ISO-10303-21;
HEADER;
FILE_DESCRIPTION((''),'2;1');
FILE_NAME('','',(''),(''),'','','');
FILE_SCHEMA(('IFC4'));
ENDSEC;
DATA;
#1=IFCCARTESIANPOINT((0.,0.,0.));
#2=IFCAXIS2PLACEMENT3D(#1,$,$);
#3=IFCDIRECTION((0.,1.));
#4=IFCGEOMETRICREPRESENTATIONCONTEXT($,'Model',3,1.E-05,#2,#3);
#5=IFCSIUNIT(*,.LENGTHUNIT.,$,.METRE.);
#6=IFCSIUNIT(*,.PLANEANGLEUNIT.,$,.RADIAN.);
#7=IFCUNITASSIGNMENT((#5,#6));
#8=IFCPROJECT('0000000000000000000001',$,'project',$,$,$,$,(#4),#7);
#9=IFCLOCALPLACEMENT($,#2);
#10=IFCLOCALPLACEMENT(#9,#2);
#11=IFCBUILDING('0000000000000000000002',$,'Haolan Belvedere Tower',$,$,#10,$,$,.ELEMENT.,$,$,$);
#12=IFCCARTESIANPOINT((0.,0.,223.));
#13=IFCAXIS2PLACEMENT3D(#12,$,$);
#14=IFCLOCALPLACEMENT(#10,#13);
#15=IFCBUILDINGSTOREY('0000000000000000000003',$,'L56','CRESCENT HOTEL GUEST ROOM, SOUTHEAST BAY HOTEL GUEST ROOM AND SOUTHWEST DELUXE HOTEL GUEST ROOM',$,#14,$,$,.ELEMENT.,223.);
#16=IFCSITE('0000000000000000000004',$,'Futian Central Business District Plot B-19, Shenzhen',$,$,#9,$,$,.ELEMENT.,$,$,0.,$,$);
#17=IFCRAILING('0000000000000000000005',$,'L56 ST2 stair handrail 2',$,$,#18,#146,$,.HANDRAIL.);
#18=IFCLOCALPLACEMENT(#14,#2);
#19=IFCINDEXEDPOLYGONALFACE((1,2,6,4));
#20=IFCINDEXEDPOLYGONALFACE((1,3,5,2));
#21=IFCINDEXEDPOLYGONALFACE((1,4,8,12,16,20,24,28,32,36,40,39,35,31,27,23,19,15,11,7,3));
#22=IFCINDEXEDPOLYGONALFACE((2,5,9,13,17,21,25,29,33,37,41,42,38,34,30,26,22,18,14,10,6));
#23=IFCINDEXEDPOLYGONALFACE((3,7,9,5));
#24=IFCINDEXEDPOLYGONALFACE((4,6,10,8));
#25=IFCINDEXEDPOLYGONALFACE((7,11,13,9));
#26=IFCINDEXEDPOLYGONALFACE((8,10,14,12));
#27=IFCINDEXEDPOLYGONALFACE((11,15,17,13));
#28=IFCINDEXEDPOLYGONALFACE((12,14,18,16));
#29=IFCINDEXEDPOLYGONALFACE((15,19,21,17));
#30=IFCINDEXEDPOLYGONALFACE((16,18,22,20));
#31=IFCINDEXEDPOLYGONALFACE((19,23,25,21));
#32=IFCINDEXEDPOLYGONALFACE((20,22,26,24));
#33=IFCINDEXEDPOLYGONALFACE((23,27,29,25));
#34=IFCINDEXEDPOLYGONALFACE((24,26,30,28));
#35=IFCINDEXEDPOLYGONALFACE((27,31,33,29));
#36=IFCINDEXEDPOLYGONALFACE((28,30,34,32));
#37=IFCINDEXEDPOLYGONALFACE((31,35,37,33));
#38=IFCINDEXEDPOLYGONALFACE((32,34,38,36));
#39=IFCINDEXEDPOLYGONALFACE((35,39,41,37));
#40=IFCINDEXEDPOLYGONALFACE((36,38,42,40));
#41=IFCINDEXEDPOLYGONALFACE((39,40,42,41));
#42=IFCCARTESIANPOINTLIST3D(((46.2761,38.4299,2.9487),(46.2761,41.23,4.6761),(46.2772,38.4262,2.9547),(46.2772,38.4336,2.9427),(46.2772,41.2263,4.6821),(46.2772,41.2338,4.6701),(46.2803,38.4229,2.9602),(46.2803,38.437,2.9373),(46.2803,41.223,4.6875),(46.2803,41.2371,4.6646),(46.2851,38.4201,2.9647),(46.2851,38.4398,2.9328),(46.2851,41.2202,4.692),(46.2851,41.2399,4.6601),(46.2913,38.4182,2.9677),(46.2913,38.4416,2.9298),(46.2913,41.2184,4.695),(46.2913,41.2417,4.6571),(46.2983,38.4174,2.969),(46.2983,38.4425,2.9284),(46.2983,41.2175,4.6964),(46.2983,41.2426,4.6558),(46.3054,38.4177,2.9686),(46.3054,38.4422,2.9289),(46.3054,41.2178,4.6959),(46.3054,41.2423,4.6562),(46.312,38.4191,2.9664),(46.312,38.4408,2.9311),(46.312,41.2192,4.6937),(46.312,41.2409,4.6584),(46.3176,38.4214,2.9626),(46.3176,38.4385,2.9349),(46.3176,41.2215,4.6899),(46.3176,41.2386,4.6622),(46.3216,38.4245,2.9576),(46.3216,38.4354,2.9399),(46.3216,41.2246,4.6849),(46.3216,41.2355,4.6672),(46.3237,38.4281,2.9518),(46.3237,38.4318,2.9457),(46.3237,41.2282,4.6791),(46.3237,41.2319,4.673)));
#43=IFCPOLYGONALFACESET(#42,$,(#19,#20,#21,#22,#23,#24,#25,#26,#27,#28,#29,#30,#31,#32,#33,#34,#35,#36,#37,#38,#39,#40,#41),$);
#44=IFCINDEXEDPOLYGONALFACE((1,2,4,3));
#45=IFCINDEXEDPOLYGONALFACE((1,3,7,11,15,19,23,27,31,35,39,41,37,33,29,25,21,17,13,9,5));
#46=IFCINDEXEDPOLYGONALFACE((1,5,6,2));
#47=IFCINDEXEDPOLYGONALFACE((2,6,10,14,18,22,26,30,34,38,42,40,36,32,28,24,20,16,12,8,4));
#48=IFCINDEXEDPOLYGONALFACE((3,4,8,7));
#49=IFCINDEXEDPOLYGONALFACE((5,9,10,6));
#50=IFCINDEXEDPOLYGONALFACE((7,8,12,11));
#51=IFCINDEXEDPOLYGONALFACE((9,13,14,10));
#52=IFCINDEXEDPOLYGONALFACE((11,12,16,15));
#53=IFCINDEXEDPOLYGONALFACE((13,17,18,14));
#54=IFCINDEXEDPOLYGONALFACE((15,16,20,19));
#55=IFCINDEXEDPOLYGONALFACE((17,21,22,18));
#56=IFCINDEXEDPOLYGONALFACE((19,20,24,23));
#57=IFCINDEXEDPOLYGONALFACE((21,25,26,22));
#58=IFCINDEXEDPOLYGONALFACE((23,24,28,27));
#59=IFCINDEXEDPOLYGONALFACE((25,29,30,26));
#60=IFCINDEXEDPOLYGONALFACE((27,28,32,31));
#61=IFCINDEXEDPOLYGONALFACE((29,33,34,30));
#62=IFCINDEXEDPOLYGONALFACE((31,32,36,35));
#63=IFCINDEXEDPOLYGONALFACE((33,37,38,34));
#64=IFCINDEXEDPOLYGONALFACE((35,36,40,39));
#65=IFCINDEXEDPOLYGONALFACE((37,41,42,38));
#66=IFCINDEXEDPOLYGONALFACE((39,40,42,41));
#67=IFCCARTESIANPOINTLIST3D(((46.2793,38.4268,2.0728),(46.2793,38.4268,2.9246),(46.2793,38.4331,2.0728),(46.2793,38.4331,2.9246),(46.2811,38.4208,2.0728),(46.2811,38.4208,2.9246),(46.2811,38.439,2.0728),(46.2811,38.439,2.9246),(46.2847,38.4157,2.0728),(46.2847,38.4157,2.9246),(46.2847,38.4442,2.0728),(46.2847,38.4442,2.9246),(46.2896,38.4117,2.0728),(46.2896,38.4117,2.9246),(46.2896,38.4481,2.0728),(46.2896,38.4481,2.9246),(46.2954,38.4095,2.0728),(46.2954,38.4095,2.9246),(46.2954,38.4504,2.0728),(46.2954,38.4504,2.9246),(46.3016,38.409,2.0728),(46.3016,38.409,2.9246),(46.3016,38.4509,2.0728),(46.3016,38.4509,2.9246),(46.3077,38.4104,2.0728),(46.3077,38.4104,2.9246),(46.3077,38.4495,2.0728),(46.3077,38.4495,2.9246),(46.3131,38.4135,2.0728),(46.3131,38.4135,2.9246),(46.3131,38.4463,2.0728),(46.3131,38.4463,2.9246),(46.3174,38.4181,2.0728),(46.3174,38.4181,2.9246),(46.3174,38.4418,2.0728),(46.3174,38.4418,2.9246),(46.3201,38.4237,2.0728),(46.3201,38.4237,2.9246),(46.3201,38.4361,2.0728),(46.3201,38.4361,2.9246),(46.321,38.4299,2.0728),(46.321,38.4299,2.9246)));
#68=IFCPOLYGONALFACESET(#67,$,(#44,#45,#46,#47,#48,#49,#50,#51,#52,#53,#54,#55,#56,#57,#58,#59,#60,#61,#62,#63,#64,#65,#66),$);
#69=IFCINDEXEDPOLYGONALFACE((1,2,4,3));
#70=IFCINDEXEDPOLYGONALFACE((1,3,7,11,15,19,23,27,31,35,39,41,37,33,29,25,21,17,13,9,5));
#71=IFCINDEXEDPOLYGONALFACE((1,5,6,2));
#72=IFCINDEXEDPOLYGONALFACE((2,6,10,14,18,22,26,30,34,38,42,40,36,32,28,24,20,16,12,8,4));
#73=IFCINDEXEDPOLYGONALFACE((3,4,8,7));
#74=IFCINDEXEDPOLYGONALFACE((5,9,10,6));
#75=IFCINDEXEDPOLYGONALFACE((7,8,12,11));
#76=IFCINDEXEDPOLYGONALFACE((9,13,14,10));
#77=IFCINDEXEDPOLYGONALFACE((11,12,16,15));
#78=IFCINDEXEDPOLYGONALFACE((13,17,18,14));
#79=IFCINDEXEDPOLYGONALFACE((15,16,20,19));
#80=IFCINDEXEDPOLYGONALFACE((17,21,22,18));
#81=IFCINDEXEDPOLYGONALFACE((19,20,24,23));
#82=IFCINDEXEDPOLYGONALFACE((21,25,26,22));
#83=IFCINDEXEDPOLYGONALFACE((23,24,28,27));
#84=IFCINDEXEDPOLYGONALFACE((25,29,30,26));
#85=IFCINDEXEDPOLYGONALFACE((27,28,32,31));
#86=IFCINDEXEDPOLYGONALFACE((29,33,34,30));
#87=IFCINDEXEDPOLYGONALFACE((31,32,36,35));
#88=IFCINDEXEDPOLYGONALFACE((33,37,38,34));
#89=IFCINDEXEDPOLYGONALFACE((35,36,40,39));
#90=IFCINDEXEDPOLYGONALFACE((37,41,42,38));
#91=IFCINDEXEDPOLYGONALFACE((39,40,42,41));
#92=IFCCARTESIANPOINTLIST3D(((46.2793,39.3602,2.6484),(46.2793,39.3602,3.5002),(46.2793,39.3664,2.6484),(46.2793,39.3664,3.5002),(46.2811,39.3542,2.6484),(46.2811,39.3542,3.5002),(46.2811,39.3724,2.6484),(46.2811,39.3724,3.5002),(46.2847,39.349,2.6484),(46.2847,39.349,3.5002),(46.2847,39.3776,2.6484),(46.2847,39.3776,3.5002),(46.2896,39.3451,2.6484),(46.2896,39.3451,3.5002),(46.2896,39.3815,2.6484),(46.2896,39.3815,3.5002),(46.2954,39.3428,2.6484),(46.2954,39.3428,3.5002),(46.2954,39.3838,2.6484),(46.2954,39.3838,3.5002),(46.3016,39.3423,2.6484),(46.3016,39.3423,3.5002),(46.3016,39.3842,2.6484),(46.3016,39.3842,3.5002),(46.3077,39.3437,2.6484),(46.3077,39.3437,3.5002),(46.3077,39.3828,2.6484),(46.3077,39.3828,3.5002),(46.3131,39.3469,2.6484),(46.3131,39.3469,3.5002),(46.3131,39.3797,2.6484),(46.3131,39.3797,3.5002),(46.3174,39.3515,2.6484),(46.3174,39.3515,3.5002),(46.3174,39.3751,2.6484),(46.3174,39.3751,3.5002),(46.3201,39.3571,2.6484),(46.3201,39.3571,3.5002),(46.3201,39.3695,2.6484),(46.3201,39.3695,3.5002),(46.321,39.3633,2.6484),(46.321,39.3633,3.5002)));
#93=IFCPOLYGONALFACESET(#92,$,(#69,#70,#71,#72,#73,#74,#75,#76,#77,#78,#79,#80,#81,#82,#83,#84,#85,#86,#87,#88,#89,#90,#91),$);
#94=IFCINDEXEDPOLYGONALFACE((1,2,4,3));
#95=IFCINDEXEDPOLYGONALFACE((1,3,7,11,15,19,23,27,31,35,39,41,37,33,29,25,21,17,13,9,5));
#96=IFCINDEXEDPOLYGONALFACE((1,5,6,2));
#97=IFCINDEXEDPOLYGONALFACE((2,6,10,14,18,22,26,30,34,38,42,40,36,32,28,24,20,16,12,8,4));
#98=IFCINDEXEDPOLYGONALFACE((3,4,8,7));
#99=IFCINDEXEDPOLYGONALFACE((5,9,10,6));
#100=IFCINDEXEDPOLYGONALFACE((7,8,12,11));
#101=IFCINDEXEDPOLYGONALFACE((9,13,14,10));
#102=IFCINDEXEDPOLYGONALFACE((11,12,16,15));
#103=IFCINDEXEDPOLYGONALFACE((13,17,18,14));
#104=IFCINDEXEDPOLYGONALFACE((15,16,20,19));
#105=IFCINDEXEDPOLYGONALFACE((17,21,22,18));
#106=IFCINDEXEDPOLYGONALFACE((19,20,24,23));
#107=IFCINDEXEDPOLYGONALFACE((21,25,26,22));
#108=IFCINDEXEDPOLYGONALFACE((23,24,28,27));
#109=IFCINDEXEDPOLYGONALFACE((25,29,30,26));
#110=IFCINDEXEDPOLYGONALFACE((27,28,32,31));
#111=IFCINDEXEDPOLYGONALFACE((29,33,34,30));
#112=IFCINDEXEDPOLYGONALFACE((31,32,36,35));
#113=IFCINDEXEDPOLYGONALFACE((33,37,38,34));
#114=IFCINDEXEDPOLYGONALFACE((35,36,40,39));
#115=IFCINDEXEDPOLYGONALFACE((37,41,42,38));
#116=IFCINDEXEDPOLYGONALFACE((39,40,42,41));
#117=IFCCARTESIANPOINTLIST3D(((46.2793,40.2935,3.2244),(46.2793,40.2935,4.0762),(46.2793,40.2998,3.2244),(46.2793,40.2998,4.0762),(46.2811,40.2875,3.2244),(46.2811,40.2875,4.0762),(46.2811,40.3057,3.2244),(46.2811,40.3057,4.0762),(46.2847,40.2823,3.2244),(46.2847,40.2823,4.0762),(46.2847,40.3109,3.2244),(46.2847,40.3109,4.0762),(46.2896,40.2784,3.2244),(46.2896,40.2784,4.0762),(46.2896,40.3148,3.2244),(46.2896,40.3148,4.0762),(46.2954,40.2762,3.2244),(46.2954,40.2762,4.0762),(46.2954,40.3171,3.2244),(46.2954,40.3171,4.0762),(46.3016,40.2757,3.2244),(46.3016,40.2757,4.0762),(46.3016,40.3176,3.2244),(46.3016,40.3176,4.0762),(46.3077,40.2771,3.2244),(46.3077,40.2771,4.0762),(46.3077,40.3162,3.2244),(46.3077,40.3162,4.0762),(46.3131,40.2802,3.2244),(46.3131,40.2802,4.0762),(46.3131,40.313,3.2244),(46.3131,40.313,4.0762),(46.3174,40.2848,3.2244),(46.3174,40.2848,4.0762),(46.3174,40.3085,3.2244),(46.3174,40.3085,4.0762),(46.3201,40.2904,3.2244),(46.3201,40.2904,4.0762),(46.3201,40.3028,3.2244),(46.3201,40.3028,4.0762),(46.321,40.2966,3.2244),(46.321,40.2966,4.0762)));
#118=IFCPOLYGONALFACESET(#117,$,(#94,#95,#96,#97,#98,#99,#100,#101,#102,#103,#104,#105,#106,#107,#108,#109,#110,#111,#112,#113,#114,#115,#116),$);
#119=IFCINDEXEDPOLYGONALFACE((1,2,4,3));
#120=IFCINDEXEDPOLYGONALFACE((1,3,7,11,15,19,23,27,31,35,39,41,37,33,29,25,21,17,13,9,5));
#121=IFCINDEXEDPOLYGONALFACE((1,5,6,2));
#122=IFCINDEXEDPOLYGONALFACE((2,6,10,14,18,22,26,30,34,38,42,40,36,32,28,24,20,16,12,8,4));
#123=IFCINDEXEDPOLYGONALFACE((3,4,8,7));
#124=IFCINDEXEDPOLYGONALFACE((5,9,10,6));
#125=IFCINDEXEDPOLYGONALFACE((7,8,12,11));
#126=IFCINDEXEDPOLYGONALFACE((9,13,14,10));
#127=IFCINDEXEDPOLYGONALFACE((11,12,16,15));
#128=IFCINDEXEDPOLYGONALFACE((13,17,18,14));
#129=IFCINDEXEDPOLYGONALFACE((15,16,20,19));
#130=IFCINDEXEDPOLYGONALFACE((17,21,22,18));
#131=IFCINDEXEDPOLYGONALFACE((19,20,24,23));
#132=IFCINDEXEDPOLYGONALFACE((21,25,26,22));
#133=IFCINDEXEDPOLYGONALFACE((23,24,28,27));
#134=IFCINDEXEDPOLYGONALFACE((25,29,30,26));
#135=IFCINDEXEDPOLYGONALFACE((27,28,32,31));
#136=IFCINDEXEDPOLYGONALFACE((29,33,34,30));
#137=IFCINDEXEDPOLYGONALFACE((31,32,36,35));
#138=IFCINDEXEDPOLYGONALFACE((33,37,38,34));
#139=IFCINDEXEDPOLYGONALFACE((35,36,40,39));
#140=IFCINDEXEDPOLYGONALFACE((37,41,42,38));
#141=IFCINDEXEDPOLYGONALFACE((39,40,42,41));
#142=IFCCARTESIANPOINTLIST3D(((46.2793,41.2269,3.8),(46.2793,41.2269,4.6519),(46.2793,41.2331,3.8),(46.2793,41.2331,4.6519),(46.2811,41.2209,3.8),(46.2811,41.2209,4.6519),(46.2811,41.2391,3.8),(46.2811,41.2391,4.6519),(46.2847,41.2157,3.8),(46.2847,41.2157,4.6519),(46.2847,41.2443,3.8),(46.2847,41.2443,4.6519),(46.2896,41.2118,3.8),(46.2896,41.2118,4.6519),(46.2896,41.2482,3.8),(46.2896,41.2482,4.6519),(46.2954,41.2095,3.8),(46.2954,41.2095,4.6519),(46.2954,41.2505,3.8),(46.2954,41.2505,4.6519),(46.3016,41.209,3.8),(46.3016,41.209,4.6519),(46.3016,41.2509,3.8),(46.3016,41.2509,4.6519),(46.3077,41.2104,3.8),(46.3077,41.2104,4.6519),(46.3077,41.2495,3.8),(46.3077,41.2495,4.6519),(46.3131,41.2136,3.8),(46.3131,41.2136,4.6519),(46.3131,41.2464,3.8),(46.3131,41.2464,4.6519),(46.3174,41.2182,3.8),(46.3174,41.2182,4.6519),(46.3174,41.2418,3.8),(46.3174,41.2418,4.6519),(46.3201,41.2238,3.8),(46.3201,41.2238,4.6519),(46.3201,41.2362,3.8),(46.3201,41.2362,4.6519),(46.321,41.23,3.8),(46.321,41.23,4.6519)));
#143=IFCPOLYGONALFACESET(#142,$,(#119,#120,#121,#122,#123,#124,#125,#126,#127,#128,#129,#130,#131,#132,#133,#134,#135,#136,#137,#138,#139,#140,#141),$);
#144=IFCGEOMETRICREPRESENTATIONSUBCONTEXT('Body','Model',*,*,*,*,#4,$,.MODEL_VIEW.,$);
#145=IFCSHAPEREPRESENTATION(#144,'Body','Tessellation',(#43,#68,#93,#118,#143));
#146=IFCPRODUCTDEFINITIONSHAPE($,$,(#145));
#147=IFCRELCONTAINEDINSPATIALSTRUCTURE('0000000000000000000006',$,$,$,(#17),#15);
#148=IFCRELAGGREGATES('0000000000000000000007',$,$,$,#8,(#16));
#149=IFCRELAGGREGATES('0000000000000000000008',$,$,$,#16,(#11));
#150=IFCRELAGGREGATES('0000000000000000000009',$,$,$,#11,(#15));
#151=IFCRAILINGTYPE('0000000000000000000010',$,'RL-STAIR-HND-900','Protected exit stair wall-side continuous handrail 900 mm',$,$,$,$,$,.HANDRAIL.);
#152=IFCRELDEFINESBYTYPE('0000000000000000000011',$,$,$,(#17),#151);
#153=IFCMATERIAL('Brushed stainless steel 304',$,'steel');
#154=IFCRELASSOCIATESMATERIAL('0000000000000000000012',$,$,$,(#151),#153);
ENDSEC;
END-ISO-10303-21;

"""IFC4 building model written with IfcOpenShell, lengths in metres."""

from ifc_helpers import new_model, si_unit, direction, frame, origin, origin_2d, place, context, subcontext, project, spatial, circle, extrude, material, type_object, element, save


model = new_model("IFC4")

# Units and contexts
model_context = context("Model", 3, precision=1e-05, world=origin(), true_north=direction((0.0, 1.0)))
body_context = subcontext(model_context, "Body", "Model", "MODEL_VIEW")
ifc_project = project(units=[si_unit("LENGTHUNIT", "METRE"), si_unit("PLANEANGLEUNIT", "RADIAN")], contexts=[model_context])

# Site, building, storey
site_placement = place(None, origin())
site = spatial("IfcSite", under=ifc_project, at=site_placement, Name="Futian Central Business District Plot B-19, Shenzhen", CompositionType="ELEMENT", RefElevation=0.0)
building_placement = place(site_placement, origin())
building = spatial("IfcBuilding", under=site, at=building_placement, Name="Haolan Belvedere Tower", CompositionType="ELEMENT")
storey_placement = place(building_placement, frame((0.0, 0.0, 223.0)))
storey = spatial("IfcBuildingStorey", under=building, at=storey_placement, Name="L56", Description="CRESCENT HOTEL GUEST ROOM, SOUTHEAST BAY HOTEL GUEST ROOM AND SOUTHWEST DELUXE HOTEL GUEST ROOM", CompositionType="ELEMENT", Elevation=223.0)

# Railing
ifc_material_1 = material(Name="Brushed stainless steel 304", Category="steel")
railing_type_1 = type_object("IfcRailingType", Name="RL-STAIR-HND-900", Description="Protected exit stair wall-side continuous handrail 900 mm", PredefinedType="HANDRAIL", material=ifc_material_1)
railing_1_placement = place(storey_placement, frame((46.3, 38.4299, 2.0728)))
element("IfcRailing", 1, at=railing_1_placement, inside=storey, type_object=railing_type_1, Name="L56 ST2 stair handrail 2", PredefinedType="HANDRAIL", context=body_context, shape_type="SweptSolid", body=[
    extrude(circle(Radius=0.0239, at=origin_2d()), frame((0.0, 0.0, 0.876), z_axis=(0.0, 0.85109, 0.52502), x_axis=(-1.0, 0.0, 0.0)), (0.0, 0.0, 1.0), 3.29),
    extrude(circle(Radius=0.021, at=origin_2d()), origin(), (0.0, 0.0, 1.0), 0.8518),
    extrude(circle(Radius=0.021, at=origin_2d()), frame((0.0, 0.9333, 0.5757)), (0.0, 0.0, 1.0), 0.8518),
    extrude(circle(Radius=0.021, at=origin_2d()), frame((0.0, 1.8667, 1.1516)), (0.0, 0.0, 1.0), 0.8518),
    extrude(circle(Radius=0.021, at=origin_2d()), frame((0.0, 2.8, 1.7273)), (0.0, 0.0, 1.0), 0.8518),
])

save(model, "model.ifc")
